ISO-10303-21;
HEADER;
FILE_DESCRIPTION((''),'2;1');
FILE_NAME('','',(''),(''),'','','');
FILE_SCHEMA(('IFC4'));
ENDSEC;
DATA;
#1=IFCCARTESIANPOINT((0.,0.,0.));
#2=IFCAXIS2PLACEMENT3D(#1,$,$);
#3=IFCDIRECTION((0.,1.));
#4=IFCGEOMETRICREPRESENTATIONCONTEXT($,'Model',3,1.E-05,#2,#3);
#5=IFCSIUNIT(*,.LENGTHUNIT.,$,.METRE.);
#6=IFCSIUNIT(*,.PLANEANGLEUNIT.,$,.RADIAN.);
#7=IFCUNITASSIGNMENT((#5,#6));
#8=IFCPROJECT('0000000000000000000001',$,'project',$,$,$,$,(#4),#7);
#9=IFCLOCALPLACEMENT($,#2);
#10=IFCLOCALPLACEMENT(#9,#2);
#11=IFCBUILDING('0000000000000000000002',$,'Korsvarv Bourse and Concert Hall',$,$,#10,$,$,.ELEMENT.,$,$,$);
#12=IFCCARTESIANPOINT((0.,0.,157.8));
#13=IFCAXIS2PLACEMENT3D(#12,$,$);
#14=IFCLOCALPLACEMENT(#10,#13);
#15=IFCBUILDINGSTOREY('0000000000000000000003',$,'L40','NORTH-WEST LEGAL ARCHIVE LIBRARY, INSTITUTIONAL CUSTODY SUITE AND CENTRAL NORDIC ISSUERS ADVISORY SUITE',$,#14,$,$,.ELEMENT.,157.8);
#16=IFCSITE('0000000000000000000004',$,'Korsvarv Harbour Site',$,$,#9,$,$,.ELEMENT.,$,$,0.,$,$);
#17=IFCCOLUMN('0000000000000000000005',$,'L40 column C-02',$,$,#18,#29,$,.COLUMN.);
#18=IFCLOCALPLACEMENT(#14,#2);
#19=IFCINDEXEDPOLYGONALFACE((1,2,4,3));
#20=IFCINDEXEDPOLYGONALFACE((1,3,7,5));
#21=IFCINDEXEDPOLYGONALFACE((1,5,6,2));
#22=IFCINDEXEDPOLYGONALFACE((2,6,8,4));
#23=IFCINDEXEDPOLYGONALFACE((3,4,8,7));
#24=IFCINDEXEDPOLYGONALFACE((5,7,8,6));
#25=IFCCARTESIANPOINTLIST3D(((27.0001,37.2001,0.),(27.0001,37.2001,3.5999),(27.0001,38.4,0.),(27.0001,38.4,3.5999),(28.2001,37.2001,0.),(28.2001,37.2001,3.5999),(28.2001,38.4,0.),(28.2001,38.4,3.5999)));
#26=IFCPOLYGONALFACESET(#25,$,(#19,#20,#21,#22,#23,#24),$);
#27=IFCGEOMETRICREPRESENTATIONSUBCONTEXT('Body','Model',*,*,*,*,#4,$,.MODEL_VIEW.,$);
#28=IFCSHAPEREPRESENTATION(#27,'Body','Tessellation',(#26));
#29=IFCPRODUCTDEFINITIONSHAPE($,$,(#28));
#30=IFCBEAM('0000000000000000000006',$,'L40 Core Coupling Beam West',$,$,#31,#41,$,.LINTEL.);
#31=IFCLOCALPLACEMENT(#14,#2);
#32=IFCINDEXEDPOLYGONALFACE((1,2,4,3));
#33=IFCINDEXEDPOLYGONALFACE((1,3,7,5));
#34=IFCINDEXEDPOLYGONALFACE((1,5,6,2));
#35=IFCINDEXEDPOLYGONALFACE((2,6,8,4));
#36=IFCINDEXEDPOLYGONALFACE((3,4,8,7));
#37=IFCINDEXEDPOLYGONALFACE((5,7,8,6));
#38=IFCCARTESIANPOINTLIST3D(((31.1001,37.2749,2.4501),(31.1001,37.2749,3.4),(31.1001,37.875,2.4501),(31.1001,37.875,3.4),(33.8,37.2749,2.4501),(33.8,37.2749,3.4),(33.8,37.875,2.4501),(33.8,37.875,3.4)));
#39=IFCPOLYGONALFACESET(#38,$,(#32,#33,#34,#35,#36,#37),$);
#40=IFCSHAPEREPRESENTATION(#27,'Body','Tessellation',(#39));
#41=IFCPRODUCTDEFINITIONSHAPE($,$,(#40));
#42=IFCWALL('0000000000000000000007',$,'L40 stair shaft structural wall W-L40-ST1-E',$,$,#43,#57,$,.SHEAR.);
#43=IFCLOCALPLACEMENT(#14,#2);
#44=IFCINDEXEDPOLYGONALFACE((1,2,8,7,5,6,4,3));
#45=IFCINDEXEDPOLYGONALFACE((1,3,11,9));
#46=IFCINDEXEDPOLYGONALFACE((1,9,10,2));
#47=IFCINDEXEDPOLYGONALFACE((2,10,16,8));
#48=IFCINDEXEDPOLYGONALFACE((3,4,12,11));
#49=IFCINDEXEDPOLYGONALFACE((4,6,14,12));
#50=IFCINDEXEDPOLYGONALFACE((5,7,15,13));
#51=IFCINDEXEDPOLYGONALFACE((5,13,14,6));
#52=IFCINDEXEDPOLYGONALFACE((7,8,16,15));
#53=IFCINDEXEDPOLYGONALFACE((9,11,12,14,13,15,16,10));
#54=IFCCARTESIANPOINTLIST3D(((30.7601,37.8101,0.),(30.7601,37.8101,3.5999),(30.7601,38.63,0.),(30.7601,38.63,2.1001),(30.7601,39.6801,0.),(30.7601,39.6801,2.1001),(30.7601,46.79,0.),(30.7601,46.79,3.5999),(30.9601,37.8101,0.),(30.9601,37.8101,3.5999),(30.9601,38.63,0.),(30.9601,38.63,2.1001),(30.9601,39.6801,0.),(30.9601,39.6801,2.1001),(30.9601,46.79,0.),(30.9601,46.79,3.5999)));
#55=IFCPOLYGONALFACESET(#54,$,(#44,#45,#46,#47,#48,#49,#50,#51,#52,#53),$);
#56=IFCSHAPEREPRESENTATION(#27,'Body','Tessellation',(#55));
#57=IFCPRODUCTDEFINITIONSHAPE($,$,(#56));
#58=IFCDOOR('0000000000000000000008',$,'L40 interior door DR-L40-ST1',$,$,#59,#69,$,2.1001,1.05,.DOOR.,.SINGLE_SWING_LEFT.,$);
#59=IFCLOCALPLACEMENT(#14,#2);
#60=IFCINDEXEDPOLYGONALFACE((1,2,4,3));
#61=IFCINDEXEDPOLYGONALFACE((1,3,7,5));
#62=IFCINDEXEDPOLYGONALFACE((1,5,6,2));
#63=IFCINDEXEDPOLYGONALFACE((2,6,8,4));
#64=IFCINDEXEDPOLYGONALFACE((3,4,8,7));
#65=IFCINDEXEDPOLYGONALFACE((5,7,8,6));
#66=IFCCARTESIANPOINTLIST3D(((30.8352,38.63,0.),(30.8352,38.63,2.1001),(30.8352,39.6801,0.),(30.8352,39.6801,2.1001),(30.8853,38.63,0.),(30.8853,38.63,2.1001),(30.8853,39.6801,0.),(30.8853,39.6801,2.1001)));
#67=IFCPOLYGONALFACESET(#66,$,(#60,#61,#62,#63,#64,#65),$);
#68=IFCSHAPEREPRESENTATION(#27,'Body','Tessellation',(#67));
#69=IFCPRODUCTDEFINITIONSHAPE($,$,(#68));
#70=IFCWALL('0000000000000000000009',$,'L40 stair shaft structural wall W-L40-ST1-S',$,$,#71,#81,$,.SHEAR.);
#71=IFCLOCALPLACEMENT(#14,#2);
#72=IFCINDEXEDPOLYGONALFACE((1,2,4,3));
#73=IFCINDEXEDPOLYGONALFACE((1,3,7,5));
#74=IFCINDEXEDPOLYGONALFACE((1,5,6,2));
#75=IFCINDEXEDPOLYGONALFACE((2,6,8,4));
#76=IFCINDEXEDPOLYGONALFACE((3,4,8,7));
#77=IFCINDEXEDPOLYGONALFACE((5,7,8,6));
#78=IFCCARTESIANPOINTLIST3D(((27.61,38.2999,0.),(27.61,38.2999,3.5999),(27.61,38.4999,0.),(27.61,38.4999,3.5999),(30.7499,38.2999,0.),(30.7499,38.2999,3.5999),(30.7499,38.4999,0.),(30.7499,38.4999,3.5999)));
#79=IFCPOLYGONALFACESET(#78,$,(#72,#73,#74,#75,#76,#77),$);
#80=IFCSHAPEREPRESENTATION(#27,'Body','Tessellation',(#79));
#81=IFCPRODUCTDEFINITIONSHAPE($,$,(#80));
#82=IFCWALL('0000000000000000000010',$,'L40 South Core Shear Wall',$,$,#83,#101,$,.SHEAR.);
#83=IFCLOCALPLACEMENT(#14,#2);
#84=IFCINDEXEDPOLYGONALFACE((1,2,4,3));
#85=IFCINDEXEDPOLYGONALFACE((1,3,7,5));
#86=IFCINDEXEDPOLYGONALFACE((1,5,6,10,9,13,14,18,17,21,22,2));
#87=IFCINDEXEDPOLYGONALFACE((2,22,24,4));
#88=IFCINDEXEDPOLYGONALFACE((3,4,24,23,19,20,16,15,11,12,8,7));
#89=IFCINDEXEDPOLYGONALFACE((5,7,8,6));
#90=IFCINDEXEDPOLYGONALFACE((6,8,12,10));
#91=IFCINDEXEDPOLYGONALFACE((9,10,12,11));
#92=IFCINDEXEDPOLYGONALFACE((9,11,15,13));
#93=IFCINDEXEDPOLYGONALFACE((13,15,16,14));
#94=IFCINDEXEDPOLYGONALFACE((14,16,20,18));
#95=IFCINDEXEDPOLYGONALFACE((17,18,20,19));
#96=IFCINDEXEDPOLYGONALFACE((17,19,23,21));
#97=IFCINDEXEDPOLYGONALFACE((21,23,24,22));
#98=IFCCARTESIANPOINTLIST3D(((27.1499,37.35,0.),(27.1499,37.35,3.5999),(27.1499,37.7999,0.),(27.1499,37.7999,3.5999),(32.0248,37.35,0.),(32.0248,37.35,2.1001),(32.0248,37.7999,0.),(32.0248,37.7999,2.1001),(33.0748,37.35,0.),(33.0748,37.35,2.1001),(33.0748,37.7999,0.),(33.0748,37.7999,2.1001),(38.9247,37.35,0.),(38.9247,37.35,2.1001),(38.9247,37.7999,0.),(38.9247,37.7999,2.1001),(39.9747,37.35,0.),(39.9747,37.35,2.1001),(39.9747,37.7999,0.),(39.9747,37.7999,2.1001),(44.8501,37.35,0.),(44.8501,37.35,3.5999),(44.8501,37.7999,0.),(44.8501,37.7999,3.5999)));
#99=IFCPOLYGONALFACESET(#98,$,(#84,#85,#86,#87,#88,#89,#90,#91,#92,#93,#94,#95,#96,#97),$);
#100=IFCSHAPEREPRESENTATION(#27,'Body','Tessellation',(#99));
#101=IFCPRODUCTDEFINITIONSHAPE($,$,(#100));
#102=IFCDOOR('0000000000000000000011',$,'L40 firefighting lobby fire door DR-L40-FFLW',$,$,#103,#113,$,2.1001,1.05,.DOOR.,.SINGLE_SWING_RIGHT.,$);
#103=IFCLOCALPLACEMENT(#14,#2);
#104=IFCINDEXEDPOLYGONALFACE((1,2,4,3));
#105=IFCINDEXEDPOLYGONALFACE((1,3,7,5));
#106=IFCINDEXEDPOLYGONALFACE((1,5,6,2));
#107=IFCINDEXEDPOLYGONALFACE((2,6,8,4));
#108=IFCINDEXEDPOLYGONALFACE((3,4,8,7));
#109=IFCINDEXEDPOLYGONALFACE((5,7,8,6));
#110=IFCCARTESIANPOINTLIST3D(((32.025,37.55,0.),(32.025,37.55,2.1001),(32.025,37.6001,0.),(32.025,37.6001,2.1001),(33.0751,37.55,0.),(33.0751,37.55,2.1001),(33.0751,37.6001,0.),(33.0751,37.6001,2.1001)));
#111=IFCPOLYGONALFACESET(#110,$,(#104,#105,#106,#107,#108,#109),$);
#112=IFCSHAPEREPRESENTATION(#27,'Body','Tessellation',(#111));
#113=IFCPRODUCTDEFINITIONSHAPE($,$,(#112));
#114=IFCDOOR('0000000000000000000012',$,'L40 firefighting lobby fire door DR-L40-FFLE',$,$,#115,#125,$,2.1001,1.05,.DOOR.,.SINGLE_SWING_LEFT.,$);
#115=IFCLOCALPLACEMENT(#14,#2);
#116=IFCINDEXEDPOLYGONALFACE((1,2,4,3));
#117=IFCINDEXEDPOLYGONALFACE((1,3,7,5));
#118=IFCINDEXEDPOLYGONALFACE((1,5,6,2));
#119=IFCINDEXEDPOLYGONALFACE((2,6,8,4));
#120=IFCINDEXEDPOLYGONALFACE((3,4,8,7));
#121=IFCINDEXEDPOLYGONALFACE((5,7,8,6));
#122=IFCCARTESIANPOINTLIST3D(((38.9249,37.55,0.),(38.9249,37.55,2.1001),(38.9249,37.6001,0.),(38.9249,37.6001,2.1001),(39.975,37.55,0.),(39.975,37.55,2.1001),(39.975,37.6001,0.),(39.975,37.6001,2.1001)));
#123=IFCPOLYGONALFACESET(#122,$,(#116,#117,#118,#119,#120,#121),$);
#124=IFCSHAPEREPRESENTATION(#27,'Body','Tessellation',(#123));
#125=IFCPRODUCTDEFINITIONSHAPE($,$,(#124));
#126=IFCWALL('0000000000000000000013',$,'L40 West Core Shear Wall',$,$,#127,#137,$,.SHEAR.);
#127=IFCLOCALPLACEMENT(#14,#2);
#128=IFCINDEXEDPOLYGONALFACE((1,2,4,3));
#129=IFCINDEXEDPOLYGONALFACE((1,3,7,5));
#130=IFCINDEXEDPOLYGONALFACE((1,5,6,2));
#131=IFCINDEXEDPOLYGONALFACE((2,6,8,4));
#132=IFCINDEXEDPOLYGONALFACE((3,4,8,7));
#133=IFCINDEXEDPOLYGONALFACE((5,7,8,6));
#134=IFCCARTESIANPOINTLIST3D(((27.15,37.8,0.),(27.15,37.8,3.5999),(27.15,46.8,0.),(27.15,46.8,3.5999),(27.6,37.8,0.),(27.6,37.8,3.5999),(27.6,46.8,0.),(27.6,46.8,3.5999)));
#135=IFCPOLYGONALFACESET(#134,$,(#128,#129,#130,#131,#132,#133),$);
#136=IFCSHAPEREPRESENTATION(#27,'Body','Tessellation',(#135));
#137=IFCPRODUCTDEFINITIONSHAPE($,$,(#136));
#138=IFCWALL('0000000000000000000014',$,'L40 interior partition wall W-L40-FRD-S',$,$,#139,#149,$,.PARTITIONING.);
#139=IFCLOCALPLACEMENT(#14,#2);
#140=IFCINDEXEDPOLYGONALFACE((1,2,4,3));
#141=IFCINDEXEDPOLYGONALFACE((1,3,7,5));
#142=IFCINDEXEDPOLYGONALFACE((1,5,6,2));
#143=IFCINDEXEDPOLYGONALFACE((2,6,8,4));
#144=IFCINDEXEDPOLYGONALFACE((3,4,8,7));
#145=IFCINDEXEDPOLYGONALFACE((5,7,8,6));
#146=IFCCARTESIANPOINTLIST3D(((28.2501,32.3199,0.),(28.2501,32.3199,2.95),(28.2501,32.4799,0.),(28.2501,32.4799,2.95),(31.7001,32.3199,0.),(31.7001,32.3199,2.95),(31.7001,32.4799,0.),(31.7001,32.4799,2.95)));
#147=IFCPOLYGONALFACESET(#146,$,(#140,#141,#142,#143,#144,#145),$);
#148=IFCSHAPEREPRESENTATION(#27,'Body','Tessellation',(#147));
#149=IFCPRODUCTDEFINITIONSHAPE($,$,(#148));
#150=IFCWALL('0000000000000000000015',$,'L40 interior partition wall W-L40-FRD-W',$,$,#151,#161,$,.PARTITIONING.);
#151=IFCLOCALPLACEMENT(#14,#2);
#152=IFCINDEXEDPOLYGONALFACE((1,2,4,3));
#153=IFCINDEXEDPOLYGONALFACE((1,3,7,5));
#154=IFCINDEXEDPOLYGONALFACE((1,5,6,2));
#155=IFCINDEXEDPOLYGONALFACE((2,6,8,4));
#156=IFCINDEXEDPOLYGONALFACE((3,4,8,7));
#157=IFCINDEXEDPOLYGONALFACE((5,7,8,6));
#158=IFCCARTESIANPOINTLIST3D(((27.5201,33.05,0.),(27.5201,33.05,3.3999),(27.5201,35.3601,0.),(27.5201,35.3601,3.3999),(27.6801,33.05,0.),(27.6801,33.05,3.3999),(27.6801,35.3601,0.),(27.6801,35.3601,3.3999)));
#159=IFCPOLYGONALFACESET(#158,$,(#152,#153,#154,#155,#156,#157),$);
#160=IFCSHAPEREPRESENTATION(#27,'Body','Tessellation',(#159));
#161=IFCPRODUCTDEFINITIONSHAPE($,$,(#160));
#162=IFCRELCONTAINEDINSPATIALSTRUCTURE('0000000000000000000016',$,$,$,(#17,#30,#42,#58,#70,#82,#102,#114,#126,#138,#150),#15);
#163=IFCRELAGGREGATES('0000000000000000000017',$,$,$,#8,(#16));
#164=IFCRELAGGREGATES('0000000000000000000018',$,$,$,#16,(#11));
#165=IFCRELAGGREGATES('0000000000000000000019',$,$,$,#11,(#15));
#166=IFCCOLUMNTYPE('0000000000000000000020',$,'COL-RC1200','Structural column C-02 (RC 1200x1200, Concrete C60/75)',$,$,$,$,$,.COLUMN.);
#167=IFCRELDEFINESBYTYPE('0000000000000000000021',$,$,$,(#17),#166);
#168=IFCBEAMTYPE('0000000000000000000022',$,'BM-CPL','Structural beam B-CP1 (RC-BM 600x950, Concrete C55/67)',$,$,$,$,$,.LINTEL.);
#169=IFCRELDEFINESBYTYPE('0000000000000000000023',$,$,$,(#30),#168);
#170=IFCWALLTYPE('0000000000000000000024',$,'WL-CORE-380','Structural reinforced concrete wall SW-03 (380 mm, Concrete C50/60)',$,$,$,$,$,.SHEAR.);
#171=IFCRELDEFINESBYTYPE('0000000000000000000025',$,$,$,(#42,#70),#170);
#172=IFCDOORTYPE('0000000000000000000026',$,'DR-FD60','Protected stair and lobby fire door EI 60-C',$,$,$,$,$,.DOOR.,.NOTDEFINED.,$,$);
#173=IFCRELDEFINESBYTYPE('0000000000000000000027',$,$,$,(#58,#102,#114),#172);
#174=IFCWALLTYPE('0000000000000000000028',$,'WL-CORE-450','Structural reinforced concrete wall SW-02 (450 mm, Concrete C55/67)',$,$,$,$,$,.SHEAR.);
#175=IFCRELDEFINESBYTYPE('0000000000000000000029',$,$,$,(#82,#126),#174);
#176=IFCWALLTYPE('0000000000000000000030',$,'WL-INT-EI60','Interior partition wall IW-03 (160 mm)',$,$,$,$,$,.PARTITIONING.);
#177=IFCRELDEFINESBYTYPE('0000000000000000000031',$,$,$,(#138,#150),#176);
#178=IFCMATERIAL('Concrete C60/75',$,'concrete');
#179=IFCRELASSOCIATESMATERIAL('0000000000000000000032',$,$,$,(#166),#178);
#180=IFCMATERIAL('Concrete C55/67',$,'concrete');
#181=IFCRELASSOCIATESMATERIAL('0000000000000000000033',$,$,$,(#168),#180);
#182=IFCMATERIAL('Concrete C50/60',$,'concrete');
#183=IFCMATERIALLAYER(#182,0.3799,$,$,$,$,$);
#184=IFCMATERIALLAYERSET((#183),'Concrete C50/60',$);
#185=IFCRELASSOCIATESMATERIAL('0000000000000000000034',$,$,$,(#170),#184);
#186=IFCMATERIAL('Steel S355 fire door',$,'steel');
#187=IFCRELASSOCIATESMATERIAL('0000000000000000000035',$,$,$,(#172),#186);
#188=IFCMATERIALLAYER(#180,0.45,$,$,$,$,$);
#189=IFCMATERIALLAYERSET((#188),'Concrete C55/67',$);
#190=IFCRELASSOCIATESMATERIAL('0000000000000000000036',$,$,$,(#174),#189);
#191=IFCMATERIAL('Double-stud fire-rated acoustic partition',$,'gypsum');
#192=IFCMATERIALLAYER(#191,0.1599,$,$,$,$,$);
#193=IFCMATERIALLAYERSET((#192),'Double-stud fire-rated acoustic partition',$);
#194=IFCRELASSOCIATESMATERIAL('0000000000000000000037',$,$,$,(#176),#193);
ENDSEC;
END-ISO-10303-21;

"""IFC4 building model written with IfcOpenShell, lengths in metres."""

from ifc_helpers import new_model, si_unit, direction, frame, frame_2d, origin, origin_2d, place, context, subcontext, project, spatial, rectangle, extrude, source, transform, mapped, material, layer, layer_set, material_profile, profile_set, type_object, element, fill, save


model = new_model("IFC4")

# Units and contexts
model_context = context("Model", 3, precision=1e-05, world=origin(), true_north=direction((0.0, 1.0)))
body_context = subcontext(model_context, "Body", "Model", "MODEL_VIEW")
ifc_project = project(units=[si_unit("LENGTHUNIT", "METRE"), si_unit("PLANEANGLEUNIT", "RADIAN")], contexts=[model_context])

# Site, building, storey
site_placement = place(None, origin())
site = spatial("IfcSite", under=ifc_project, at=site_placement, Name="Korsvarv Harbour Site", CompositionType="ELEMENT", RefElevation=0.0)
building_placement = place(site_placement, origin())
building = spatial("IfcBuilding", under=site, at=building_placement, Name="Korsvarv Bourse and Concert Hall", CompositionType="ELEMENT")
storey_placement = place(building_placement, frame((0.0, 0.0, 157.8)))
storey = spatial("IfcBuildingStorey", under=building, at=storey_placement, Name="L40", Description="NORTH-WEST LEGAL ARCHIVE LIBRARY, INSTITUTIONAL CUSTODY SUITE AND CENTRAL NORDIC ISSUERS ADVISORY SUITE", CompositionType="ELEMENT", Elevation=157.8)

# Column
ifc_material_1 = material(Name="Concrete C60/75", Category="concrete")
ifc_material_profile_1 = material_profile(ifc_material_1, rectangle(XDim=1.2, YDim=1.2, at=origin_2d()), Name="RC 1200x1200")
ifc_profile_set_1 = profile_set([ifc_material_profile_1], Name="Concrete C60/75")
column_type = type_object("IfcColumnType", Name="COL-RC1200", Description="Structural column C-02 (RC 1200x1200, Concrete C60/75)", PredefinedType="COLUMN", material=ifc_profile_set_1)
shared_shape_1 = source(origin(), body_context, "Body", "SweptSolid", [
    extrude(rectangle(XDim=1.2, YDim=1.2, at=origin_2d()), origin(), (0.0, 0.0, 1.0), 3.5999),
])
column_placement = place(storey_placement, frame((27.6001, 37.8, 0.0), z_axis=(0.0, 0.0, 1.0), x_axis=(1.0, 0.0, 0.0)))
element("IfcColumn", 1, at=column_placement, inside=storey, type_object=column_type, Name="L40 column C-02", PredefinedType="COLUMN", context=body_context, shape_type="MappedRepresentation", body=[
    mapped(shared_shape_1, transform((0.0, 0.0, 0.0), scale=1.0)),
])

# Beam
ifc_material_2 = material(Name="Concrete C55/67", Category="concrete")
ifc_material_profile_2 = material_profile(ifc_material_2, rectangle(XDim=0.6001, YDim=0.95, at=origin_2d()), Name="RC-BM 600x950")
ifc_profile_set_2 = profile_set([ifc_material_profile_2], Name="Concrete C55/67")
beam_type = type_object("IfcBeamType", Name="BM-CPL", Description="Structural beam B-CP1 (RC-BM 600x950, Concrete C55/67)", PredefinedType="LINTEL", material=ifc_profile_set_2)
shared_shape_2 = source(origin(), body_context, "Body", "SweptSolid", [
    extrude(rectangle(XDim=0.6001, YDim=0.95, at=origin_2d()), origin(), (0.0, 0.0, 1.0), 2.7),
])
beam_placement = place(storey_placement, frame((31.1001, 37.575, 2.925), z_axis=(1.0, 0.0, 0.0), x_axis=(0.0, 1.0, 0.0)))
element("IfcBeam", 2, at=beam_placement, inside=storey, type_object=beam_type, Name="L40 Core Coupling Beam West", PredefinedType="LINTEL", context=body_context, shape_type="MappedRepresentation", body=[
    mapped(shared_shape_2, transform((0.0, 0.0, 0.0), scale=1.0)),
])

# Wall, opening, door
ifc_material_3 = material(Name="Concrete C50/60", Category="concrete")
ifc_layer_1 = layer(ifc_material_3, 0.3799)
ifc_layer_set_1 = layer_set([ifc_layer_1], Name="Concrete C50/60")
wall_type_1 = type_object("IfcWallType", Name="WL-CORE-380", Description="Structural reinforced concrete wall SW-03 (380 mm, Concrete C50/60)", PredefinedType="SHEAR", material=ifc_layer_set_1)
wall_1_placement = place(storey_placement, frame((30.8601, 37.8101, 0.0), z_axis=(0.0, 0.0, 1.0), x_axis=(0.0, 1.0, 0.0)))
wall_1 = element("IfcWall", 3, at=wall_1_placement, inside=storey, type_object=wall_type_1, Name="L40 stair shaft structural wall W-L40-ST1-E", PredefinedType="SHEAR", context=body_context, shape_type="SweptSolid", body=[
    extrude(rectangle(XDim=8.98, YDim=0.2, at=frame_2d((4.49, 0.0))), origin(), (0.0, 0.0, 1.0), 3.5999),
])
opening_1_placement = place(wall_1_placement, frame((0.8201, 0.0, 0.0)))
opening_1 = element("IfcOpeningElement", 4, at=opening_1_placement, cuts=wall_1, PredefinedType="OPENING", context=body_context, shape_type="SweptSolid", body=[
    extrude(rectangle(XDim=1.05, YDim=2.1001, at=frame_2d((0.5249, 1.05))), frame((0.0, 0.1099, 0.0), z_axis=(0.0, -1.0, 0.0), x_axis=(1.0, 0.0, 0.0)), (0.0, 0.0, 1.0), 0.22),
])
ifc_material_4 = material(Name="Steel S355 fire door", Category="steel")
door_type_1 = type_object("IfcDoorType", Name="DR-FD60", Description="Protected stair and lobby fire door EI 60-C", OperationType="NOTDEFINED", PredefinedType="DOOR", material=ifc_material_4)
door_1_placement = place(opening_1_placement, origin())
door_1 = element("IfcDoor", 5, at=door_1_placement, inside=storey, type_object=door_type_1, Name="L40 interior door DR-L40-ST1", OperationType="SINGLE_SWING_LEFT", OverallHeight=2.1001, OverallWidth=1.05, PredefinedType="DOOR", context=body_context, shape_type="SweptSolid", body=[
    extrude(rectangle(XDim=1.05, YDim=2.1001, at=frame_2d((0.5249, 1.05))), frame((0.0, 0.0249, 0.0), z_axis=(0.0, -1.0, 0.0), x_axis=(1.0, 0.0, 0.0)), (0.0, 0.0, 1.0), 0.05),
])
fill(opening_1, door_1)

# Wall
wall_2_placement = place(storey_placement, frame((27.6101, 38.3999, 0.0), z_axis=(0.0, 0.0, 1.0), x_axis=(1.0, 0.0, 0.0)))
element("IfcWall", 6, at=wall_2_placement, inside=storey, type_object=wall_type_1, Name="L40 stair shaft structural wall W-L40-ST1-S", PredefinedType="SHEAR", context=body_context, shape_type="SweptSolid", body=[
    extrude(rectangle(XDim=3.1399, YDim=0.2, at=frame_2d((1.5698, 0.0))), origin(), (0.0, 0.0, 1.0), 3.5999),
])

# Wall, openings, doors
ifc_layer_2 = layer(ifc_material_2, 0.45)
ifc_layer_set_2 = layer_set([ifc_layer_2], Name="Concrete C55/67")
wall_type_2 = type_object("IfcWallType", Name="WL-CORE-450", Description="Structural reinforced concrete wall SW-02 (450 mm, Concrete C55/67)", PredefinedType="SHEAR", material=ifc_layer_set_2)
wall_3_placement = place(storey_placement, frame((27.1499, 37.575, 0.0), z_axis=(0.0, 0.0, 1.0), x_axis=(1.0, 0.0, 0.0)))
wall_3 = element("IfcWall", 7, at=wall_3_placement, inside=storey, type_object=wall_type_2, Name="L40 South Core Shear Wall", PredefinedType="SHEAR", context=body_context, shape_type="SweptSolid", body=[
    extrude(rectangle(XDim=17.7002, YDim=0.45, at=frame_2d((8.8501, 0.0))), origin(), (0.0, 0.0, 1.0), 3.5999),
])
opening_2_placement = place(wall_3_placement, frame((4.875, 0.0, 0.0)))
opening_2 = element("IfcOpeningElement", 8, at=opening_2_placement, cuts=wall_3, PredefinedType="OPENING", context=body_context, shape_type="SweptSolid", body=[
    extrude(rectangle(XDim=1.05, YDim=2.1001, at=frame_2d((0.5249, 1.05))), frame((0.0, 0.2349, 0.0), z_axis=(0.0, -1.0, 0.0), x_axis=(1.0, 0.0, 0.0)), (0.0, 0.0, 1.0), 0.47),
])
opening_3_placement = place(wall_3_placement, frame((11.7749, 0.0, 0.0)))
opening_3 = element("IfcOpeningElement", 9, at=opening_3_placement, cuts=wall_3, PredefinedType="OPENING", context=body_context, shape_type="SweptSolid", body=[
    extrude(rectangle(XDim=1.05, YDim=2.1001, at=frame_2d((0.5249, 1.05))), frame((0.0, 0.2349, 0.0), z_axis=(0.0, -1.0, 0.0), x_axis=(1.0, 0.0, 0.0)), (0.0, 0.0, 1.0), 0.47),
])
door_2_placement = place(opening_2_placement, frame((1.05, 0.0, 0.0), z_axis=(0.0, 0.0, 1.0), x_axis=(-1.0, 0.0, 0.0)))
door_2 = element("IfcDoor", 10, at=door_2_placement, inside=storey, type_object=door_type_1, Name="L40 firefighting lobby fire door DR-L40-FFLW", OperationType="SINGLE_SWING_RIGHT", OverallHeight=2.1001, OverallWidth=1.05, PredefinedType="DOOR", context=body_context, shape_type="SweptSolid", body=[
    extrude(rectangle(XDim=1.05, YDim=2.1001, at=frame_2d((0.5249, 1.05))), frame((0.0, 0.0249, 0.0), z_axis=(0.0, -1.0, 0.0), x_axis=(1.0, 0.0, 0.0)), (0.0, 0.0, 1.0), 0.05),
])
fill(opening_2, door_2)
door_3_placement = place(opening_3_placement, frame((1.05, 0.0, 0.0), z_axis=(0.0, 0.0, 1.0), x_axis=(-1.0, 0.0, 0.0)))
door_3 = element("IfcDoor", 11, at=door_3_placement, inside=storey, type_object=door_type_1, Name="L40 firefighting lobby fire door DR-L40-FFLE", OperationType="SINGLE_SWING_LEFT", OverallHeight=2.1001, OverallWidth=1.05, PredefinedType="DOOR", context=body_context, shape_type="SweptSolid", body=[
    extrude(rectangle(XDim=1.05, YDim=2.1001, at=frame_2d((0.5249, 1.05))), frame((0.0, 0.0249, 0.0), z_axis=(0.0, -1.0, 0.0), x_axis=(1.0, 0.0, 0.0)), (0.0, 0.0, 1.0), 0.05),
])
fill(opening_3, door_3)

# Walls
wall_4_placement = place(storey_placement, frame((27.375, 37.8, 0.0), z_axis=(0.0, 0.0, 1.0), x_axis=(0.0, 1.0, 0.0)))
element("IfcWall", 12, at=wall_4_placement, inside=storey, type_object=wall_type_2, Name="L40 West Core Shear Wall", PredefinedType="SHEAR", context=body_context, shape_type="SweptSolid", body=[
    extrude(rectangle(XDim=9.0, YDim=0.45, at=frame_2d((4.5, 0.0))), origin(), (0.0, 0.0, 1.0), 3.5999),
])
ifc_material_5 = material(Name="Double-stud fire-rated acoustic partition", Category="gypsum")
ifc_layer_3 = layer(ifc_material_5, 0.1599)
ifc_layer_set_3 = layer_set([ifc_layer_3], Name="Double-stud fire-rated acoustic partition")
wall_type_3 = type_object("IfcWallType", Name="WL-INT-EI60", Description="Interior partition wall IW-03 (160 mm)", PredefinedType="PARTITIONING", material=ifc_layer_set_3)
wall_5_placement = place(storey_placement, frame((28.25, 32.3999, 0.0), z_axis=(0.0, 0.0, 1.0), x_axis=(1.0, 0.0, 0.0)))
element("IfcWall", 13, at=wall_5_placement, inside=storey, type_object=wall_type_3, Name="L40 interior partition wall W-L40-FRD-S", PredefinedType="PARTITIONING", context=body_context, shape_type="SweptSolid", body=[
    extrude(rectangle(XDim=3.45, YDim=0.1599, at=frame_2d((1.7251, 0.0))), origin(), (0.0, 0.0, 1.0), 2.95),
])
wall_6_placement = place(storey_placement, frame((27.6001, 33.05, 0.0), z_axis=(0.0, 0.0, 1.0), x_axis=(0.0, 1.0, 0.0)))
element("IfcWall", 14, at=wall_6_placement, inside=storey, type_object=wall_type_3, Name="L40 interior partition wall W-L40-FRD-W", PredefinedType="PARTITIONING", context=body_context, shape_type="SweptSolid", body=[
    extrude(rectangle(XDim=2.3101, YDim=0.1599, at=frame_2d((1.155, 0.0))), origin(), (0.0, 0.0, 1.0), 3.3999),
])

save(model, "model.ifc")
